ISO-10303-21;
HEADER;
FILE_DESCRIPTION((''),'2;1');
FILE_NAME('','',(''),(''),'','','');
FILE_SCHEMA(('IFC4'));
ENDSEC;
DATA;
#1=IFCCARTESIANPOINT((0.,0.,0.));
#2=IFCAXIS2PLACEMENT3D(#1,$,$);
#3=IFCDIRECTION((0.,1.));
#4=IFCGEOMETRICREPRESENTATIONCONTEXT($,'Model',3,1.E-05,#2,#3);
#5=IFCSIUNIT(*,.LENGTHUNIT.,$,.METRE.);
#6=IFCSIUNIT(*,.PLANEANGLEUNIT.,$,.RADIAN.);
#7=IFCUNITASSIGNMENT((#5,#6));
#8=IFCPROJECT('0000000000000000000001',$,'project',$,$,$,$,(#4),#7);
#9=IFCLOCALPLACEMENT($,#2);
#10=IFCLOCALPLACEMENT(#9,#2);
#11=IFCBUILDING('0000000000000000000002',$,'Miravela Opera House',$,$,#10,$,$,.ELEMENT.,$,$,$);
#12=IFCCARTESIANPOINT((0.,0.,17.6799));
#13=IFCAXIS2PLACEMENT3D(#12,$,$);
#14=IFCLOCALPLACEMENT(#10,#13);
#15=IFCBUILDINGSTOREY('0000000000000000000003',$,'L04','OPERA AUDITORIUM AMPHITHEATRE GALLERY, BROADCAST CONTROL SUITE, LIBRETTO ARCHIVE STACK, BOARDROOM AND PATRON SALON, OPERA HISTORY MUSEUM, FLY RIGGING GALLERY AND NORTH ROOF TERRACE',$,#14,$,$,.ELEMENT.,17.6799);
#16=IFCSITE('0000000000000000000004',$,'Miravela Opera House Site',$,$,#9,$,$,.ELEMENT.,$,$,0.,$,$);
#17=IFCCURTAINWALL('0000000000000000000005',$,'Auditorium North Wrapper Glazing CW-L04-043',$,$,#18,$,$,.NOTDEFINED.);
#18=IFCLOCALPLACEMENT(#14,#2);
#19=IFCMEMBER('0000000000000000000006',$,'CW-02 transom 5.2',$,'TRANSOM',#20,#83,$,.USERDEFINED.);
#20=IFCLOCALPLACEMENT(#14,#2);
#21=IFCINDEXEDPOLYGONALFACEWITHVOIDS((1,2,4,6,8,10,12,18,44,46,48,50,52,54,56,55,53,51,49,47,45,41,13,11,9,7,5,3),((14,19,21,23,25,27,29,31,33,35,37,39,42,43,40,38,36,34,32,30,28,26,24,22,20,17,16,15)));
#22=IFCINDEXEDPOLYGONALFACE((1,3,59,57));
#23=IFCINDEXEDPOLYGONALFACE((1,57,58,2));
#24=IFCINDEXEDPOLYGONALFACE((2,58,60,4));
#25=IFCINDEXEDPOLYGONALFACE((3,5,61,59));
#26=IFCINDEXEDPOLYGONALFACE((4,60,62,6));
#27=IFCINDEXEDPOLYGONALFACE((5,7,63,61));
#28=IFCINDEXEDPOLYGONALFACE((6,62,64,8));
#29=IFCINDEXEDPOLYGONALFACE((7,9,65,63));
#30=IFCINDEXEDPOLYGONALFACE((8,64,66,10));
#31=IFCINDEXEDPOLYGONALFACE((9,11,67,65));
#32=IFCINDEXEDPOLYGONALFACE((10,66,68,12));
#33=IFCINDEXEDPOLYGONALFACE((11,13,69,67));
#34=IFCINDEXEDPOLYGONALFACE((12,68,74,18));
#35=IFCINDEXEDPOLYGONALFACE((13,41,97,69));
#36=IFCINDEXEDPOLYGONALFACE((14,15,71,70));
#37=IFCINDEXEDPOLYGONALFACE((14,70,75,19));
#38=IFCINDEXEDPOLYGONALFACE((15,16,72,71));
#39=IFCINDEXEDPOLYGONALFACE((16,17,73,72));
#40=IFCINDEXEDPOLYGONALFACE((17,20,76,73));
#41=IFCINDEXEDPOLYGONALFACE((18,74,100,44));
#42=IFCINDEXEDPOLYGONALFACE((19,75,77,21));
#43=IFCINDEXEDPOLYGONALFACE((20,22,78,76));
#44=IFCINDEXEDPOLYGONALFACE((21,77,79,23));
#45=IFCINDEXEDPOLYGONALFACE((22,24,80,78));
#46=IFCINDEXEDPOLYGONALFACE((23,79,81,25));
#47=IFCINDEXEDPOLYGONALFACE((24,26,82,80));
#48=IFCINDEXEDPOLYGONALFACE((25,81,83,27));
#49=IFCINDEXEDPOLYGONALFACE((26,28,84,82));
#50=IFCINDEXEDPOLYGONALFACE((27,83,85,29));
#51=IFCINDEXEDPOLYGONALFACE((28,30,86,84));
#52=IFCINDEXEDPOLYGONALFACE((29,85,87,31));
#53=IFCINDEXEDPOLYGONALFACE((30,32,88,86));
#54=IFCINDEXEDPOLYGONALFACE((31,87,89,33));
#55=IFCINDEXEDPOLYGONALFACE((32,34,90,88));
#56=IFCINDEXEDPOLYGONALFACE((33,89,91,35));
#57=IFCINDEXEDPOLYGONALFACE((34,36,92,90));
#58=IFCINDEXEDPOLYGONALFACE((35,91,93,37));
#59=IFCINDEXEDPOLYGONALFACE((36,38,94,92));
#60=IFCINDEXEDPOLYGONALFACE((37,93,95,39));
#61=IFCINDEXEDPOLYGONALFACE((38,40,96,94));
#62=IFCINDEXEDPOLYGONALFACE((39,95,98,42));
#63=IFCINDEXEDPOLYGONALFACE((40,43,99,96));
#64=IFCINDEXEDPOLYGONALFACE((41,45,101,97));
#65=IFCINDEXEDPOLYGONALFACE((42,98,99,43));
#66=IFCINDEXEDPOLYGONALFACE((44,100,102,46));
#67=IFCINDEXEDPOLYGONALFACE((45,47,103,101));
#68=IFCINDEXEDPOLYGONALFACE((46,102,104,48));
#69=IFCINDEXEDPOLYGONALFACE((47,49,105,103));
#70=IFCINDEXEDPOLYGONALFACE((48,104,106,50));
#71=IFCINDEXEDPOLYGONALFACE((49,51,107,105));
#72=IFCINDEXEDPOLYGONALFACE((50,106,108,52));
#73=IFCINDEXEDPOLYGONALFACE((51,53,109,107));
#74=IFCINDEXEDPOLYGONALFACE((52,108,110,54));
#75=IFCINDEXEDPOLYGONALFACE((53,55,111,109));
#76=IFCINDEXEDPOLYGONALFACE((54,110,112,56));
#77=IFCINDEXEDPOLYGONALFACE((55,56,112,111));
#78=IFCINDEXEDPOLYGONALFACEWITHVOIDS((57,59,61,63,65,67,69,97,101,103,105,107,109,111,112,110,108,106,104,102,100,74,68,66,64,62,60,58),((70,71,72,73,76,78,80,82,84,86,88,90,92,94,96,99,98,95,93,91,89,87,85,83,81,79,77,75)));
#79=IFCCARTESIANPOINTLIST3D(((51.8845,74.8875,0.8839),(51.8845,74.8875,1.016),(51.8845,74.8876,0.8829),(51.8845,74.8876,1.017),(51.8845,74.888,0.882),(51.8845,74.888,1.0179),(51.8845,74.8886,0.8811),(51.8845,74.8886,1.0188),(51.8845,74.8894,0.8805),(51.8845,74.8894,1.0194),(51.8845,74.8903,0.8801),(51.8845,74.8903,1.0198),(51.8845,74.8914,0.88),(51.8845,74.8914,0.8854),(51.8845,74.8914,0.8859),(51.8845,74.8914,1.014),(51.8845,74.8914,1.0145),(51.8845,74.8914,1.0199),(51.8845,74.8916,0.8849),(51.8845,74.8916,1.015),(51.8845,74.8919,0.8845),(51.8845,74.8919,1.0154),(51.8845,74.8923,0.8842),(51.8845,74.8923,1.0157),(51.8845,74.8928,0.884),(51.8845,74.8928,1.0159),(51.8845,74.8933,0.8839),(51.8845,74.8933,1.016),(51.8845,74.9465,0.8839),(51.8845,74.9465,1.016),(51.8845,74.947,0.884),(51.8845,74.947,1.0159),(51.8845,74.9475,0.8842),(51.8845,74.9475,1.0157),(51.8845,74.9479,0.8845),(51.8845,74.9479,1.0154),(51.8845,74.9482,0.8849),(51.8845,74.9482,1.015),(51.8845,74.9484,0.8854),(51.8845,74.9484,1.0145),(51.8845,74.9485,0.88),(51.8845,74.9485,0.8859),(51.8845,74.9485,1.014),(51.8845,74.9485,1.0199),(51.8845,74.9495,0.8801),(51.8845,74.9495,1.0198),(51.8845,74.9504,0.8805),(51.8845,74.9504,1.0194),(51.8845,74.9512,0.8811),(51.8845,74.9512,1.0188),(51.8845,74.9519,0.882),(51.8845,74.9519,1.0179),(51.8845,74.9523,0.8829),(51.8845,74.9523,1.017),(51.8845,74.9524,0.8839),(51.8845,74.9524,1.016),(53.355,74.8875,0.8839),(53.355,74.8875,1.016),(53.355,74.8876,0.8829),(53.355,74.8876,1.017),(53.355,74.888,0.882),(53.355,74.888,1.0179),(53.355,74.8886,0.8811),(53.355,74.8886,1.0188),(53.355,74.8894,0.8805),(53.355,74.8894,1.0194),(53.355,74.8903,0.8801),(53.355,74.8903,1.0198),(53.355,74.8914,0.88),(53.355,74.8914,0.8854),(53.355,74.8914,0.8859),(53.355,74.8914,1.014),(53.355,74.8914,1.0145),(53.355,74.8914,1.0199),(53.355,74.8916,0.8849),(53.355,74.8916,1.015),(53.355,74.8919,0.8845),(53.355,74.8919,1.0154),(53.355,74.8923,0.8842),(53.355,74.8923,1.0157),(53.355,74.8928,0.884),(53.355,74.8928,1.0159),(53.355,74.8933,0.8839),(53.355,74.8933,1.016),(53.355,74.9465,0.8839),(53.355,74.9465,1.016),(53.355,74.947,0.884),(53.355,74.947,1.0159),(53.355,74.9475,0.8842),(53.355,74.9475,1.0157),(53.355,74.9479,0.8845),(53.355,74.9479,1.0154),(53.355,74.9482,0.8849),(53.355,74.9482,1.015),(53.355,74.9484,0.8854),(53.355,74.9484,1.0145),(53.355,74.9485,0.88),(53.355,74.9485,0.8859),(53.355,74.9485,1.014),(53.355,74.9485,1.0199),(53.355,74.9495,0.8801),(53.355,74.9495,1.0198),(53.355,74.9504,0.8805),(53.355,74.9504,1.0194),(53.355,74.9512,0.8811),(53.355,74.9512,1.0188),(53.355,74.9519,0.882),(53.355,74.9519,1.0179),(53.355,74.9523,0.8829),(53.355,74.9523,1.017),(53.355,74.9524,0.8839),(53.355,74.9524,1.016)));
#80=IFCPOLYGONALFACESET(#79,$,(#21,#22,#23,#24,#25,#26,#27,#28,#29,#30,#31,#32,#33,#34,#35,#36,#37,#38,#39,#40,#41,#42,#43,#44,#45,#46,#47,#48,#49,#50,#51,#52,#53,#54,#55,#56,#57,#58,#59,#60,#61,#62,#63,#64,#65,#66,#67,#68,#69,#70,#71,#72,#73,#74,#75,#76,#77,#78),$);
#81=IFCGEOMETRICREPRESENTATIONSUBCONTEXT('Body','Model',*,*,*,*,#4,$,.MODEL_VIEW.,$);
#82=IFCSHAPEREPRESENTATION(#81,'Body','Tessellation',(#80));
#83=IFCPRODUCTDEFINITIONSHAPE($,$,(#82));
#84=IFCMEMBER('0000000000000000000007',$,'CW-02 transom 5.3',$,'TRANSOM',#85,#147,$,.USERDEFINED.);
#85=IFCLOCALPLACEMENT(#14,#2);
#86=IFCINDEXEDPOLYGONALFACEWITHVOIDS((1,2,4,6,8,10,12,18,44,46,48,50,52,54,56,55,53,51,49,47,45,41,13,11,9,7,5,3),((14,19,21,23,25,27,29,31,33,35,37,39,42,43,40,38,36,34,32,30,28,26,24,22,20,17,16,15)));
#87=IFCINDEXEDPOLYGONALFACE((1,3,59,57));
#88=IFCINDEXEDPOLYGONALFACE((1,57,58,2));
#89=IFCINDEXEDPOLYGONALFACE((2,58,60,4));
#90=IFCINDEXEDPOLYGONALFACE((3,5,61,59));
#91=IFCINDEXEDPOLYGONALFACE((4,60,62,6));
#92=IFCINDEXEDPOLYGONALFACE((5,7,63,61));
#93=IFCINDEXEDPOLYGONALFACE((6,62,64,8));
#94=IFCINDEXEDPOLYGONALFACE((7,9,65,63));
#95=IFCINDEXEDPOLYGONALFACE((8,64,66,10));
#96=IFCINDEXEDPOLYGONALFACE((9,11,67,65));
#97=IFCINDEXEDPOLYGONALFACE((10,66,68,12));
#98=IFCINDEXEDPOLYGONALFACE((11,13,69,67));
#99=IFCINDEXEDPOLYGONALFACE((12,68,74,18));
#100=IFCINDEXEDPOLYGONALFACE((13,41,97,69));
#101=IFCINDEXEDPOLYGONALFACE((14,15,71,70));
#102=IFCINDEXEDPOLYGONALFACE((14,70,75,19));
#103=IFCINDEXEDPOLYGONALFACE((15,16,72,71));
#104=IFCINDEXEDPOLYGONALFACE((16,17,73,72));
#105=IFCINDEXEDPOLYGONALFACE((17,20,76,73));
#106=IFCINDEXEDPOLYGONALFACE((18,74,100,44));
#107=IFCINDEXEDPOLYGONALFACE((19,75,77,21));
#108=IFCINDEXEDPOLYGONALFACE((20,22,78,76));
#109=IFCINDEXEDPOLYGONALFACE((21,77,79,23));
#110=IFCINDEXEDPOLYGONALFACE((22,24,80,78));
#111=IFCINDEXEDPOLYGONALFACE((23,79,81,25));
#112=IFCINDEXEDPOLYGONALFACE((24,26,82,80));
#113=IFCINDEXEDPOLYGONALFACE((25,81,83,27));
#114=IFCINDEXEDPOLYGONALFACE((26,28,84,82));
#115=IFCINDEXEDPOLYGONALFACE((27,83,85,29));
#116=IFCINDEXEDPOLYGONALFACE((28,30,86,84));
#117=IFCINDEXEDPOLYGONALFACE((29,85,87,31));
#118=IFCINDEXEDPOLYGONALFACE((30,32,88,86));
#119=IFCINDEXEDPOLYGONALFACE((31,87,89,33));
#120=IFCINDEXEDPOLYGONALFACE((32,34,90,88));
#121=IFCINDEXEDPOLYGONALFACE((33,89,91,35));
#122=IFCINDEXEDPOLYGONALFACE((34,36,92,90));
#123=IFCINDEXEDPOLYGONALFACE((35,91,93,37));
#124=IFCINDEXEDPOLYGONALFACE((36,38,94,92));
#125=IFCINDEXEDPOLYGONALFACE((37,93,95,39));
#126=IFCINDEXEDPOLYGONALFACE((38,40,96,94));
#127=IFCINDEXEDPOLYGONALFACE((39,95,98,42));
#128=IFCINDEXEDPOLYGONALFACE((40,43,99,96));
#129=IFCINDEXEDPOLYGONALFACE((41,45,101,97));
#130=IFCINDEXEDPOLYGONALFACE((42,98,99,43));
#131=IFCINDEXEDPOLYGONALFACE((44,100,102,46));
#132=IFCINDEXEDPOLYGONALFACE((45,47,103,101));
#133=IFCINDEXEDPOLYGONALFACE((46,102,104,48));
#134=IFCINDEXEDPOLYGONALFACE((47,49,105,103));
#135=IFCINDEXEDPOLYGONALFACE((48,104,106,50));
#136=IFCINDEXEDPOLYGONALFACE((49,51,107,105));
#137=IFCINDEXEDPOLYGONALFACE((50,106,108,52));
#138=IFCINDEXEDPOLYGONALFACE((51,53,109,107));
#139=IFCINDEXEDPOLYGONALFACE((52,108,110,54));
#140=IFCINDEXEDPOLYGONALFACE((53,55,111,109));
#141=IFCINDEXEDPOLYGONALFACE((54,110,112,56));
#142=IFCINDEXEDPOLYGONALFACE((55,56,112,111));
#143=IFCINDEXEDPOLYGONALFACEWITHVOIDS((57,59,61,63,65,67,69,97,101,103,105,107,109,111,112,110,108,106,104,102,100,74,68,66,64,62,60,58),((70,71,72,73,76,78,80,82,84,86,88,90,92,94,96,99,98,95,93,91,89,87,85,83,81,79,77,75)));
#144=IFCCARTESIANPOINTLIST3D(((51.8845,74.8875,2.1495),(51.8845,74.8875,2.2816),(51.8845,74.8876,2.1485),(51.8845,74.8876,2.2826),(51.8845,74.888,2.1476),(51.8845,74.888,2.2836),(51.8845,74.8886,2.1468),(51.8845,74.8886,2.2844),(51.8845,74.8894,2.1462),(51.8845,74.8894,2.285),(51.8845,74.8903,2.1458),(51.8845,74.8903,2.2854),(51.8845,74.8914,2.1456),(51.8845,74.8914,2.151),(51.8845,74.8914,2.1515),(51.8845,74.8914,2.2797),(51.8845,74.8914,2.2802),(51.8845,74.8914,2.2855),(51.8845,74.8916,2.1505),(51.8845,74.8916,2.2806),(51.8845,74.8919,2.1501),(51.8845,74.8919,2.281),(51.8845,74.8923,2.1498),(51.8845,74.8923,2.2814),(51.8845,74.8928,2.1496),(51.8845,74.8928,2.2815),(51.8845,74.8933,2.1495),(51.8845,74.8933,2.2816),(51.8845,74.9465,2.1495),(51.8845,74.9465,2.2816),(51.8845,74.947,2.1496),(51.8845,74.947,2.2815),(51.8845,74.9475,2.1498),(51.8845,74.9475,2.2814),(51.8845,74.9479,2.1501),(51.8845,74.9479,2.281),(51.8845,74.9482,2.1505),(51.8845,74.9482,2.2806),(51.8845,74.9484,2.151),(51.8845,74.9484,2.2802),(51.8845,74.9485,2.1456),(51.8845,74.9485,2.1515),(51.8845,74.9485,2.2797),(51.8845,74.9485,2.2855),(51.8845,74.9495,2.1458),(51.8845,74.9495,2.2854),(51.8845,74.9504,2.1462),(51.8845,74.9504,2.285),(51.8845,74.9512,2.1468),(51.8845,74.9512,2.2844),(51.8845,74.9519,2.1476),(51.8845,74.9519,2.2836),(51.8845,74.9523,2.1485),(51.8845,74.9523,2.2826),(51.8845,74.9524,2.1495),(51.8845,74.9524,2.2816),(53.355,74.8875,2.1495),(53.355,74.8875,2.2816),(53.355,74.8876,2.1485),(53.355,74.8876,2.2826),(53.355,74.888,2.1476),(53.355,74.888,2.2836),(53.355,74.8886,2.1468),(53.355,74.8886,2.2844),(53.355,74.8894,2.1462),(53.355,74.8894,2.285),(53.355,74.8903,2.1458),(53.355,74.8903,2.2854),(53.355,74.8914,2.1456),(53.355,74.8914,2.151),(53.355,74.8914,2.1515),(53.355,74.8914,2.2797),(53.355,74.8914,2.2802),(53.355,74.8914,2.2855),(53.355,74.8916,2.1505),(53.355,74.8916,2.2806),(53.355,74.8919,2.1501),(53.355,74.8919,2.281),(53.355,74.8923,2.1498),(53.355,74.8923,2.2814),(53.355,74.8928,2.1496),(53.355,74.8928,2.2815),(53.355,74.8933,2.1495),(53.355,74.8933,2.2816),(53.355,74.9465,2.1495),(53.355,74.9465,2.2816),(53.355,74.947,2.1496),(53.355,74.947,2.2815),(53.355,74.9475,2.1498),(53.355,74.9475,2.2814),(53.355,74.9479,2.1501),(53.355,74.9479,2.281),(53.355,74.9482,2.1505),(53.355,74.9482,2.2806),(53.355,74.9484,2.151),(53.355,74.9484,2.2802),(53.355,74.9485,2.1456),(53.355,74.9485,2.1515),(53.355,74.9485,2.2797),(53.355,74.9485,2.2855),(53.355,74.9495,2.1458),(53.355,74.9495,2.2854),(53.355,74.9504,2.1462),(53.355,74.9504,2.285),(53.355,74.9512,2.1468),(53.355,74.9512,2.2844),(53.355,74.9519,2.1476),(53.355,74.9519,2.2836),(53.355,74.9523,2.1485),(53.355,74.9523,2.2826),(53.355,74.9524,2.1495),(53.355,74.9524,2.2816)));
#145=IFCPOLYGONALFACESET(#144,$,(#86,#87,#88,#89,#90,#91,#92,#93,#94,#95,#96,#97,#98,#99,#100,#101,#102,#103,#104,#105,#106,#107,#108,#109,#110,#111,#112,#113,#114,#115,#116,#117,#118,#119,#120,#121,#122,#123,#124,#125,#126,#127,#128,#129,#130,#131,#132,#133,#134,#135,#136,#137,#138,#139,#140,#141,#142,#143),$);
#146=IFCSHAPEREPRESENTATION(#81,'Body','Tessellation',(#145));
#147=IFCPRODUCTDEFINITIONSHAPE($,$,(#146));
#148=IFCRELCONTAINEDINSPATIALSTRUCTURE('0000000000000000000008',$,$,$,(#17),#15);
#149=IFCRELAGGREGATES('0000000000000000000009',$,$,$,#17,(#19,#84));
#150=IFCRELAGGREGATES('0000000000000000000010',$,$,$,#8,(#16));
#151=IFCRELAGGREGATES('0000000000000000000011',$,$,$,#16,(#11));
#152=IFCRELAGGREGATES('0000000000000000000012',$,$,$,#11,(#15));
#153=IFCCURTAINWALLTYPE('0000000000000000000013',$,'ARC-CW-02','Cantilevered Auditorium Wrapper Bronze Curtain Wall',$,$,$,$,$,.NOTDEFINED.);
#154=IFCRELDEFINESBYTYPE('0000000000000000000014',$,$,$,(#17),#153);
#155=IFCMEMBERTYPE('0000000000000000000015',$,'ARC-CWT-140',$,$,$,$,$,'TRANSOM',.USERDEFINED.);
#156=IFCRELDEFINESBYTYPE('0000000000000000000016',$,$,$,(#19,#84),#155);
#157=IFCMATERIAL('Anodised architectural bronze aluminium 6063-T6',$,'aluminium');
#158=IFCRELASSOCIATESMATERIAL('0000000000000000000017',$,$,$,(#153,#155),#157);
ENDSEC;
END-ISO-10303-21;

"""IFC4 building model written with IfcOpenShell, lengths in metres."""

from ifc_helpers import new_model, si_unit, direction, frame, origin, origin_2d, place, context, subcontext, project, spatial, hollow_rectangle, extrude, material, material_profile, profile_set, type_object, element, aggregate, save


model = new_model("IFC4")

# Units and contexts
model_context = context("Model", 3, precision=1e-05, world=origin(), true_north=direction((0.0, 1.0)))
body_context = subcontext(model_context, "Body", "Model", "MODEL_VIEW")
ifc_project = project(units=[si_unit("LENGTHUNIT", "METRE"), si_unit("PLANEANGLEUNIT", "RADIAN")], contexts=[model_context])

# Site, building, storey
site_placement = place(None, origin())
site = spatial("IfcSite", under=ifc_project, at=site_placement, Name="Miravela Opera House Site", CompositionType="ELEMENT", RefElevation=0.0)
building_placement = place(site_placement, origin())
building = spatial("IfcBuilding", under=site, at=building_placement, Name="Miravela Opera House", CompositionType="ELEMENT")
storey_placement = place(building_placement, frame((0.0, 0.0, 17.6799)))
storey = spatial("IfcBuildingStorey", under=building, at=storey_placement, Name="L04", Description="OPERA AUDITORIUM AMPHITHEATRE GALLERY, BROADCAST CONTROL SUITE, LIBRETTO ARCHIVE STACK, BOARDROOM AND PATRON SALON, OPERA HISTORY MUSEUM, FLY RIGGING GALLERY AND NORTH ROOF TERRACE", CompositionType="ELEMENT", Elevation=17.6799)

# Curtain wall
ifc_material_1 = material(Name="Anodised architectural bronze aluminium 6063-T6", Category="aluminium")
curtain_wall_type = type_object("IfcCurtainWallType", Name="ARC-CW-02", Description="Cantilevered Auditorium Wrapper Bronze Curtain Wall", PredefinedType="NOTDEFINED", material=ifc_material_1)
curtain_wall_1_placement = place(storey_placement, origin())
curtain_wall_1 = element("IfcCurtainWall", 1, at=curtain_wall_1_placement, inside=storey, type_object=curtain_wall_type, Name="Auditorium North Wrapper Glazing CW-L04-043", PredefinedType="NOTDEFINED")

# Members
ifc_material_profile_1 = material_profile(ifc_material_1, hollow_rectangle(XDim=0.0649, YDim=0.1399, WallThickness=0.0039, InnerFilletRadius=0.002, OuterFilletRadius=0.0039, at=origin_2d()), Name="CWT-65X140")
ifc_profile_set_1 = profile_set([ifc_material_profile_1])
member_type_1 = type_object("IfcMemberType", Name="ARC-CWT-140", ElementType="TRANSOM", PredefinedType="USERDEFINED", material=ifc_profile_set_1)
member_1_placement = place(storey_placement, frame((51.8845, 74.9199, 0.95), z_axis=(1.0, 0.0, 0.0), x_axis=(0.0, 1.0, 0.0)))
member_1 = element("IfcMember", 2, at=member_1_placement, type_object=member_type_1, Name="CW-02 transom 5.2", ObjectType="TRANSOM", PredefinedType="USERDEFINED", context=body_context, shape_type="SweptSolid", body=[
    extrude(hollow_rectangle(XDim=0.0649, YDim=0.1399, WallThickness=0.0039, InnerFilletRadius=0.002, OuterFilletRadius=0.0039, at=origin_2d()), origin(), (0.0, 0.0, 1.0), 1.4705),
])
member_2_placement = place(storey_placement, frame((51.8845, 74.9199, 2.2156), z_axis=(1.0, 0.0, 0.0), x_axis=(0.0, 1.0, 0.0)))
member_2 = element("IfcMember", 3, at=member_2_placement, type_object=member_type_1, Name="CW-02 transom 5.3", ObjectType="TRANSOM", PredefinedType="USERDEFINED", context=body_context, shape_type="SweptSolid", body=[
    extrude(hollow_rectangle(XDim=0.0649, YDim=0.1399, WallThickness=0.0039, InnerFilletRadius=0.002, OuterFilletRadius=0.0039, at=origin_2d()), origin(), (0.0, 0.0, 1.0), 1.4705),
])

aggregate(curtain_wall_1, [member_1, member_2])

save(model, "model.ifc")
